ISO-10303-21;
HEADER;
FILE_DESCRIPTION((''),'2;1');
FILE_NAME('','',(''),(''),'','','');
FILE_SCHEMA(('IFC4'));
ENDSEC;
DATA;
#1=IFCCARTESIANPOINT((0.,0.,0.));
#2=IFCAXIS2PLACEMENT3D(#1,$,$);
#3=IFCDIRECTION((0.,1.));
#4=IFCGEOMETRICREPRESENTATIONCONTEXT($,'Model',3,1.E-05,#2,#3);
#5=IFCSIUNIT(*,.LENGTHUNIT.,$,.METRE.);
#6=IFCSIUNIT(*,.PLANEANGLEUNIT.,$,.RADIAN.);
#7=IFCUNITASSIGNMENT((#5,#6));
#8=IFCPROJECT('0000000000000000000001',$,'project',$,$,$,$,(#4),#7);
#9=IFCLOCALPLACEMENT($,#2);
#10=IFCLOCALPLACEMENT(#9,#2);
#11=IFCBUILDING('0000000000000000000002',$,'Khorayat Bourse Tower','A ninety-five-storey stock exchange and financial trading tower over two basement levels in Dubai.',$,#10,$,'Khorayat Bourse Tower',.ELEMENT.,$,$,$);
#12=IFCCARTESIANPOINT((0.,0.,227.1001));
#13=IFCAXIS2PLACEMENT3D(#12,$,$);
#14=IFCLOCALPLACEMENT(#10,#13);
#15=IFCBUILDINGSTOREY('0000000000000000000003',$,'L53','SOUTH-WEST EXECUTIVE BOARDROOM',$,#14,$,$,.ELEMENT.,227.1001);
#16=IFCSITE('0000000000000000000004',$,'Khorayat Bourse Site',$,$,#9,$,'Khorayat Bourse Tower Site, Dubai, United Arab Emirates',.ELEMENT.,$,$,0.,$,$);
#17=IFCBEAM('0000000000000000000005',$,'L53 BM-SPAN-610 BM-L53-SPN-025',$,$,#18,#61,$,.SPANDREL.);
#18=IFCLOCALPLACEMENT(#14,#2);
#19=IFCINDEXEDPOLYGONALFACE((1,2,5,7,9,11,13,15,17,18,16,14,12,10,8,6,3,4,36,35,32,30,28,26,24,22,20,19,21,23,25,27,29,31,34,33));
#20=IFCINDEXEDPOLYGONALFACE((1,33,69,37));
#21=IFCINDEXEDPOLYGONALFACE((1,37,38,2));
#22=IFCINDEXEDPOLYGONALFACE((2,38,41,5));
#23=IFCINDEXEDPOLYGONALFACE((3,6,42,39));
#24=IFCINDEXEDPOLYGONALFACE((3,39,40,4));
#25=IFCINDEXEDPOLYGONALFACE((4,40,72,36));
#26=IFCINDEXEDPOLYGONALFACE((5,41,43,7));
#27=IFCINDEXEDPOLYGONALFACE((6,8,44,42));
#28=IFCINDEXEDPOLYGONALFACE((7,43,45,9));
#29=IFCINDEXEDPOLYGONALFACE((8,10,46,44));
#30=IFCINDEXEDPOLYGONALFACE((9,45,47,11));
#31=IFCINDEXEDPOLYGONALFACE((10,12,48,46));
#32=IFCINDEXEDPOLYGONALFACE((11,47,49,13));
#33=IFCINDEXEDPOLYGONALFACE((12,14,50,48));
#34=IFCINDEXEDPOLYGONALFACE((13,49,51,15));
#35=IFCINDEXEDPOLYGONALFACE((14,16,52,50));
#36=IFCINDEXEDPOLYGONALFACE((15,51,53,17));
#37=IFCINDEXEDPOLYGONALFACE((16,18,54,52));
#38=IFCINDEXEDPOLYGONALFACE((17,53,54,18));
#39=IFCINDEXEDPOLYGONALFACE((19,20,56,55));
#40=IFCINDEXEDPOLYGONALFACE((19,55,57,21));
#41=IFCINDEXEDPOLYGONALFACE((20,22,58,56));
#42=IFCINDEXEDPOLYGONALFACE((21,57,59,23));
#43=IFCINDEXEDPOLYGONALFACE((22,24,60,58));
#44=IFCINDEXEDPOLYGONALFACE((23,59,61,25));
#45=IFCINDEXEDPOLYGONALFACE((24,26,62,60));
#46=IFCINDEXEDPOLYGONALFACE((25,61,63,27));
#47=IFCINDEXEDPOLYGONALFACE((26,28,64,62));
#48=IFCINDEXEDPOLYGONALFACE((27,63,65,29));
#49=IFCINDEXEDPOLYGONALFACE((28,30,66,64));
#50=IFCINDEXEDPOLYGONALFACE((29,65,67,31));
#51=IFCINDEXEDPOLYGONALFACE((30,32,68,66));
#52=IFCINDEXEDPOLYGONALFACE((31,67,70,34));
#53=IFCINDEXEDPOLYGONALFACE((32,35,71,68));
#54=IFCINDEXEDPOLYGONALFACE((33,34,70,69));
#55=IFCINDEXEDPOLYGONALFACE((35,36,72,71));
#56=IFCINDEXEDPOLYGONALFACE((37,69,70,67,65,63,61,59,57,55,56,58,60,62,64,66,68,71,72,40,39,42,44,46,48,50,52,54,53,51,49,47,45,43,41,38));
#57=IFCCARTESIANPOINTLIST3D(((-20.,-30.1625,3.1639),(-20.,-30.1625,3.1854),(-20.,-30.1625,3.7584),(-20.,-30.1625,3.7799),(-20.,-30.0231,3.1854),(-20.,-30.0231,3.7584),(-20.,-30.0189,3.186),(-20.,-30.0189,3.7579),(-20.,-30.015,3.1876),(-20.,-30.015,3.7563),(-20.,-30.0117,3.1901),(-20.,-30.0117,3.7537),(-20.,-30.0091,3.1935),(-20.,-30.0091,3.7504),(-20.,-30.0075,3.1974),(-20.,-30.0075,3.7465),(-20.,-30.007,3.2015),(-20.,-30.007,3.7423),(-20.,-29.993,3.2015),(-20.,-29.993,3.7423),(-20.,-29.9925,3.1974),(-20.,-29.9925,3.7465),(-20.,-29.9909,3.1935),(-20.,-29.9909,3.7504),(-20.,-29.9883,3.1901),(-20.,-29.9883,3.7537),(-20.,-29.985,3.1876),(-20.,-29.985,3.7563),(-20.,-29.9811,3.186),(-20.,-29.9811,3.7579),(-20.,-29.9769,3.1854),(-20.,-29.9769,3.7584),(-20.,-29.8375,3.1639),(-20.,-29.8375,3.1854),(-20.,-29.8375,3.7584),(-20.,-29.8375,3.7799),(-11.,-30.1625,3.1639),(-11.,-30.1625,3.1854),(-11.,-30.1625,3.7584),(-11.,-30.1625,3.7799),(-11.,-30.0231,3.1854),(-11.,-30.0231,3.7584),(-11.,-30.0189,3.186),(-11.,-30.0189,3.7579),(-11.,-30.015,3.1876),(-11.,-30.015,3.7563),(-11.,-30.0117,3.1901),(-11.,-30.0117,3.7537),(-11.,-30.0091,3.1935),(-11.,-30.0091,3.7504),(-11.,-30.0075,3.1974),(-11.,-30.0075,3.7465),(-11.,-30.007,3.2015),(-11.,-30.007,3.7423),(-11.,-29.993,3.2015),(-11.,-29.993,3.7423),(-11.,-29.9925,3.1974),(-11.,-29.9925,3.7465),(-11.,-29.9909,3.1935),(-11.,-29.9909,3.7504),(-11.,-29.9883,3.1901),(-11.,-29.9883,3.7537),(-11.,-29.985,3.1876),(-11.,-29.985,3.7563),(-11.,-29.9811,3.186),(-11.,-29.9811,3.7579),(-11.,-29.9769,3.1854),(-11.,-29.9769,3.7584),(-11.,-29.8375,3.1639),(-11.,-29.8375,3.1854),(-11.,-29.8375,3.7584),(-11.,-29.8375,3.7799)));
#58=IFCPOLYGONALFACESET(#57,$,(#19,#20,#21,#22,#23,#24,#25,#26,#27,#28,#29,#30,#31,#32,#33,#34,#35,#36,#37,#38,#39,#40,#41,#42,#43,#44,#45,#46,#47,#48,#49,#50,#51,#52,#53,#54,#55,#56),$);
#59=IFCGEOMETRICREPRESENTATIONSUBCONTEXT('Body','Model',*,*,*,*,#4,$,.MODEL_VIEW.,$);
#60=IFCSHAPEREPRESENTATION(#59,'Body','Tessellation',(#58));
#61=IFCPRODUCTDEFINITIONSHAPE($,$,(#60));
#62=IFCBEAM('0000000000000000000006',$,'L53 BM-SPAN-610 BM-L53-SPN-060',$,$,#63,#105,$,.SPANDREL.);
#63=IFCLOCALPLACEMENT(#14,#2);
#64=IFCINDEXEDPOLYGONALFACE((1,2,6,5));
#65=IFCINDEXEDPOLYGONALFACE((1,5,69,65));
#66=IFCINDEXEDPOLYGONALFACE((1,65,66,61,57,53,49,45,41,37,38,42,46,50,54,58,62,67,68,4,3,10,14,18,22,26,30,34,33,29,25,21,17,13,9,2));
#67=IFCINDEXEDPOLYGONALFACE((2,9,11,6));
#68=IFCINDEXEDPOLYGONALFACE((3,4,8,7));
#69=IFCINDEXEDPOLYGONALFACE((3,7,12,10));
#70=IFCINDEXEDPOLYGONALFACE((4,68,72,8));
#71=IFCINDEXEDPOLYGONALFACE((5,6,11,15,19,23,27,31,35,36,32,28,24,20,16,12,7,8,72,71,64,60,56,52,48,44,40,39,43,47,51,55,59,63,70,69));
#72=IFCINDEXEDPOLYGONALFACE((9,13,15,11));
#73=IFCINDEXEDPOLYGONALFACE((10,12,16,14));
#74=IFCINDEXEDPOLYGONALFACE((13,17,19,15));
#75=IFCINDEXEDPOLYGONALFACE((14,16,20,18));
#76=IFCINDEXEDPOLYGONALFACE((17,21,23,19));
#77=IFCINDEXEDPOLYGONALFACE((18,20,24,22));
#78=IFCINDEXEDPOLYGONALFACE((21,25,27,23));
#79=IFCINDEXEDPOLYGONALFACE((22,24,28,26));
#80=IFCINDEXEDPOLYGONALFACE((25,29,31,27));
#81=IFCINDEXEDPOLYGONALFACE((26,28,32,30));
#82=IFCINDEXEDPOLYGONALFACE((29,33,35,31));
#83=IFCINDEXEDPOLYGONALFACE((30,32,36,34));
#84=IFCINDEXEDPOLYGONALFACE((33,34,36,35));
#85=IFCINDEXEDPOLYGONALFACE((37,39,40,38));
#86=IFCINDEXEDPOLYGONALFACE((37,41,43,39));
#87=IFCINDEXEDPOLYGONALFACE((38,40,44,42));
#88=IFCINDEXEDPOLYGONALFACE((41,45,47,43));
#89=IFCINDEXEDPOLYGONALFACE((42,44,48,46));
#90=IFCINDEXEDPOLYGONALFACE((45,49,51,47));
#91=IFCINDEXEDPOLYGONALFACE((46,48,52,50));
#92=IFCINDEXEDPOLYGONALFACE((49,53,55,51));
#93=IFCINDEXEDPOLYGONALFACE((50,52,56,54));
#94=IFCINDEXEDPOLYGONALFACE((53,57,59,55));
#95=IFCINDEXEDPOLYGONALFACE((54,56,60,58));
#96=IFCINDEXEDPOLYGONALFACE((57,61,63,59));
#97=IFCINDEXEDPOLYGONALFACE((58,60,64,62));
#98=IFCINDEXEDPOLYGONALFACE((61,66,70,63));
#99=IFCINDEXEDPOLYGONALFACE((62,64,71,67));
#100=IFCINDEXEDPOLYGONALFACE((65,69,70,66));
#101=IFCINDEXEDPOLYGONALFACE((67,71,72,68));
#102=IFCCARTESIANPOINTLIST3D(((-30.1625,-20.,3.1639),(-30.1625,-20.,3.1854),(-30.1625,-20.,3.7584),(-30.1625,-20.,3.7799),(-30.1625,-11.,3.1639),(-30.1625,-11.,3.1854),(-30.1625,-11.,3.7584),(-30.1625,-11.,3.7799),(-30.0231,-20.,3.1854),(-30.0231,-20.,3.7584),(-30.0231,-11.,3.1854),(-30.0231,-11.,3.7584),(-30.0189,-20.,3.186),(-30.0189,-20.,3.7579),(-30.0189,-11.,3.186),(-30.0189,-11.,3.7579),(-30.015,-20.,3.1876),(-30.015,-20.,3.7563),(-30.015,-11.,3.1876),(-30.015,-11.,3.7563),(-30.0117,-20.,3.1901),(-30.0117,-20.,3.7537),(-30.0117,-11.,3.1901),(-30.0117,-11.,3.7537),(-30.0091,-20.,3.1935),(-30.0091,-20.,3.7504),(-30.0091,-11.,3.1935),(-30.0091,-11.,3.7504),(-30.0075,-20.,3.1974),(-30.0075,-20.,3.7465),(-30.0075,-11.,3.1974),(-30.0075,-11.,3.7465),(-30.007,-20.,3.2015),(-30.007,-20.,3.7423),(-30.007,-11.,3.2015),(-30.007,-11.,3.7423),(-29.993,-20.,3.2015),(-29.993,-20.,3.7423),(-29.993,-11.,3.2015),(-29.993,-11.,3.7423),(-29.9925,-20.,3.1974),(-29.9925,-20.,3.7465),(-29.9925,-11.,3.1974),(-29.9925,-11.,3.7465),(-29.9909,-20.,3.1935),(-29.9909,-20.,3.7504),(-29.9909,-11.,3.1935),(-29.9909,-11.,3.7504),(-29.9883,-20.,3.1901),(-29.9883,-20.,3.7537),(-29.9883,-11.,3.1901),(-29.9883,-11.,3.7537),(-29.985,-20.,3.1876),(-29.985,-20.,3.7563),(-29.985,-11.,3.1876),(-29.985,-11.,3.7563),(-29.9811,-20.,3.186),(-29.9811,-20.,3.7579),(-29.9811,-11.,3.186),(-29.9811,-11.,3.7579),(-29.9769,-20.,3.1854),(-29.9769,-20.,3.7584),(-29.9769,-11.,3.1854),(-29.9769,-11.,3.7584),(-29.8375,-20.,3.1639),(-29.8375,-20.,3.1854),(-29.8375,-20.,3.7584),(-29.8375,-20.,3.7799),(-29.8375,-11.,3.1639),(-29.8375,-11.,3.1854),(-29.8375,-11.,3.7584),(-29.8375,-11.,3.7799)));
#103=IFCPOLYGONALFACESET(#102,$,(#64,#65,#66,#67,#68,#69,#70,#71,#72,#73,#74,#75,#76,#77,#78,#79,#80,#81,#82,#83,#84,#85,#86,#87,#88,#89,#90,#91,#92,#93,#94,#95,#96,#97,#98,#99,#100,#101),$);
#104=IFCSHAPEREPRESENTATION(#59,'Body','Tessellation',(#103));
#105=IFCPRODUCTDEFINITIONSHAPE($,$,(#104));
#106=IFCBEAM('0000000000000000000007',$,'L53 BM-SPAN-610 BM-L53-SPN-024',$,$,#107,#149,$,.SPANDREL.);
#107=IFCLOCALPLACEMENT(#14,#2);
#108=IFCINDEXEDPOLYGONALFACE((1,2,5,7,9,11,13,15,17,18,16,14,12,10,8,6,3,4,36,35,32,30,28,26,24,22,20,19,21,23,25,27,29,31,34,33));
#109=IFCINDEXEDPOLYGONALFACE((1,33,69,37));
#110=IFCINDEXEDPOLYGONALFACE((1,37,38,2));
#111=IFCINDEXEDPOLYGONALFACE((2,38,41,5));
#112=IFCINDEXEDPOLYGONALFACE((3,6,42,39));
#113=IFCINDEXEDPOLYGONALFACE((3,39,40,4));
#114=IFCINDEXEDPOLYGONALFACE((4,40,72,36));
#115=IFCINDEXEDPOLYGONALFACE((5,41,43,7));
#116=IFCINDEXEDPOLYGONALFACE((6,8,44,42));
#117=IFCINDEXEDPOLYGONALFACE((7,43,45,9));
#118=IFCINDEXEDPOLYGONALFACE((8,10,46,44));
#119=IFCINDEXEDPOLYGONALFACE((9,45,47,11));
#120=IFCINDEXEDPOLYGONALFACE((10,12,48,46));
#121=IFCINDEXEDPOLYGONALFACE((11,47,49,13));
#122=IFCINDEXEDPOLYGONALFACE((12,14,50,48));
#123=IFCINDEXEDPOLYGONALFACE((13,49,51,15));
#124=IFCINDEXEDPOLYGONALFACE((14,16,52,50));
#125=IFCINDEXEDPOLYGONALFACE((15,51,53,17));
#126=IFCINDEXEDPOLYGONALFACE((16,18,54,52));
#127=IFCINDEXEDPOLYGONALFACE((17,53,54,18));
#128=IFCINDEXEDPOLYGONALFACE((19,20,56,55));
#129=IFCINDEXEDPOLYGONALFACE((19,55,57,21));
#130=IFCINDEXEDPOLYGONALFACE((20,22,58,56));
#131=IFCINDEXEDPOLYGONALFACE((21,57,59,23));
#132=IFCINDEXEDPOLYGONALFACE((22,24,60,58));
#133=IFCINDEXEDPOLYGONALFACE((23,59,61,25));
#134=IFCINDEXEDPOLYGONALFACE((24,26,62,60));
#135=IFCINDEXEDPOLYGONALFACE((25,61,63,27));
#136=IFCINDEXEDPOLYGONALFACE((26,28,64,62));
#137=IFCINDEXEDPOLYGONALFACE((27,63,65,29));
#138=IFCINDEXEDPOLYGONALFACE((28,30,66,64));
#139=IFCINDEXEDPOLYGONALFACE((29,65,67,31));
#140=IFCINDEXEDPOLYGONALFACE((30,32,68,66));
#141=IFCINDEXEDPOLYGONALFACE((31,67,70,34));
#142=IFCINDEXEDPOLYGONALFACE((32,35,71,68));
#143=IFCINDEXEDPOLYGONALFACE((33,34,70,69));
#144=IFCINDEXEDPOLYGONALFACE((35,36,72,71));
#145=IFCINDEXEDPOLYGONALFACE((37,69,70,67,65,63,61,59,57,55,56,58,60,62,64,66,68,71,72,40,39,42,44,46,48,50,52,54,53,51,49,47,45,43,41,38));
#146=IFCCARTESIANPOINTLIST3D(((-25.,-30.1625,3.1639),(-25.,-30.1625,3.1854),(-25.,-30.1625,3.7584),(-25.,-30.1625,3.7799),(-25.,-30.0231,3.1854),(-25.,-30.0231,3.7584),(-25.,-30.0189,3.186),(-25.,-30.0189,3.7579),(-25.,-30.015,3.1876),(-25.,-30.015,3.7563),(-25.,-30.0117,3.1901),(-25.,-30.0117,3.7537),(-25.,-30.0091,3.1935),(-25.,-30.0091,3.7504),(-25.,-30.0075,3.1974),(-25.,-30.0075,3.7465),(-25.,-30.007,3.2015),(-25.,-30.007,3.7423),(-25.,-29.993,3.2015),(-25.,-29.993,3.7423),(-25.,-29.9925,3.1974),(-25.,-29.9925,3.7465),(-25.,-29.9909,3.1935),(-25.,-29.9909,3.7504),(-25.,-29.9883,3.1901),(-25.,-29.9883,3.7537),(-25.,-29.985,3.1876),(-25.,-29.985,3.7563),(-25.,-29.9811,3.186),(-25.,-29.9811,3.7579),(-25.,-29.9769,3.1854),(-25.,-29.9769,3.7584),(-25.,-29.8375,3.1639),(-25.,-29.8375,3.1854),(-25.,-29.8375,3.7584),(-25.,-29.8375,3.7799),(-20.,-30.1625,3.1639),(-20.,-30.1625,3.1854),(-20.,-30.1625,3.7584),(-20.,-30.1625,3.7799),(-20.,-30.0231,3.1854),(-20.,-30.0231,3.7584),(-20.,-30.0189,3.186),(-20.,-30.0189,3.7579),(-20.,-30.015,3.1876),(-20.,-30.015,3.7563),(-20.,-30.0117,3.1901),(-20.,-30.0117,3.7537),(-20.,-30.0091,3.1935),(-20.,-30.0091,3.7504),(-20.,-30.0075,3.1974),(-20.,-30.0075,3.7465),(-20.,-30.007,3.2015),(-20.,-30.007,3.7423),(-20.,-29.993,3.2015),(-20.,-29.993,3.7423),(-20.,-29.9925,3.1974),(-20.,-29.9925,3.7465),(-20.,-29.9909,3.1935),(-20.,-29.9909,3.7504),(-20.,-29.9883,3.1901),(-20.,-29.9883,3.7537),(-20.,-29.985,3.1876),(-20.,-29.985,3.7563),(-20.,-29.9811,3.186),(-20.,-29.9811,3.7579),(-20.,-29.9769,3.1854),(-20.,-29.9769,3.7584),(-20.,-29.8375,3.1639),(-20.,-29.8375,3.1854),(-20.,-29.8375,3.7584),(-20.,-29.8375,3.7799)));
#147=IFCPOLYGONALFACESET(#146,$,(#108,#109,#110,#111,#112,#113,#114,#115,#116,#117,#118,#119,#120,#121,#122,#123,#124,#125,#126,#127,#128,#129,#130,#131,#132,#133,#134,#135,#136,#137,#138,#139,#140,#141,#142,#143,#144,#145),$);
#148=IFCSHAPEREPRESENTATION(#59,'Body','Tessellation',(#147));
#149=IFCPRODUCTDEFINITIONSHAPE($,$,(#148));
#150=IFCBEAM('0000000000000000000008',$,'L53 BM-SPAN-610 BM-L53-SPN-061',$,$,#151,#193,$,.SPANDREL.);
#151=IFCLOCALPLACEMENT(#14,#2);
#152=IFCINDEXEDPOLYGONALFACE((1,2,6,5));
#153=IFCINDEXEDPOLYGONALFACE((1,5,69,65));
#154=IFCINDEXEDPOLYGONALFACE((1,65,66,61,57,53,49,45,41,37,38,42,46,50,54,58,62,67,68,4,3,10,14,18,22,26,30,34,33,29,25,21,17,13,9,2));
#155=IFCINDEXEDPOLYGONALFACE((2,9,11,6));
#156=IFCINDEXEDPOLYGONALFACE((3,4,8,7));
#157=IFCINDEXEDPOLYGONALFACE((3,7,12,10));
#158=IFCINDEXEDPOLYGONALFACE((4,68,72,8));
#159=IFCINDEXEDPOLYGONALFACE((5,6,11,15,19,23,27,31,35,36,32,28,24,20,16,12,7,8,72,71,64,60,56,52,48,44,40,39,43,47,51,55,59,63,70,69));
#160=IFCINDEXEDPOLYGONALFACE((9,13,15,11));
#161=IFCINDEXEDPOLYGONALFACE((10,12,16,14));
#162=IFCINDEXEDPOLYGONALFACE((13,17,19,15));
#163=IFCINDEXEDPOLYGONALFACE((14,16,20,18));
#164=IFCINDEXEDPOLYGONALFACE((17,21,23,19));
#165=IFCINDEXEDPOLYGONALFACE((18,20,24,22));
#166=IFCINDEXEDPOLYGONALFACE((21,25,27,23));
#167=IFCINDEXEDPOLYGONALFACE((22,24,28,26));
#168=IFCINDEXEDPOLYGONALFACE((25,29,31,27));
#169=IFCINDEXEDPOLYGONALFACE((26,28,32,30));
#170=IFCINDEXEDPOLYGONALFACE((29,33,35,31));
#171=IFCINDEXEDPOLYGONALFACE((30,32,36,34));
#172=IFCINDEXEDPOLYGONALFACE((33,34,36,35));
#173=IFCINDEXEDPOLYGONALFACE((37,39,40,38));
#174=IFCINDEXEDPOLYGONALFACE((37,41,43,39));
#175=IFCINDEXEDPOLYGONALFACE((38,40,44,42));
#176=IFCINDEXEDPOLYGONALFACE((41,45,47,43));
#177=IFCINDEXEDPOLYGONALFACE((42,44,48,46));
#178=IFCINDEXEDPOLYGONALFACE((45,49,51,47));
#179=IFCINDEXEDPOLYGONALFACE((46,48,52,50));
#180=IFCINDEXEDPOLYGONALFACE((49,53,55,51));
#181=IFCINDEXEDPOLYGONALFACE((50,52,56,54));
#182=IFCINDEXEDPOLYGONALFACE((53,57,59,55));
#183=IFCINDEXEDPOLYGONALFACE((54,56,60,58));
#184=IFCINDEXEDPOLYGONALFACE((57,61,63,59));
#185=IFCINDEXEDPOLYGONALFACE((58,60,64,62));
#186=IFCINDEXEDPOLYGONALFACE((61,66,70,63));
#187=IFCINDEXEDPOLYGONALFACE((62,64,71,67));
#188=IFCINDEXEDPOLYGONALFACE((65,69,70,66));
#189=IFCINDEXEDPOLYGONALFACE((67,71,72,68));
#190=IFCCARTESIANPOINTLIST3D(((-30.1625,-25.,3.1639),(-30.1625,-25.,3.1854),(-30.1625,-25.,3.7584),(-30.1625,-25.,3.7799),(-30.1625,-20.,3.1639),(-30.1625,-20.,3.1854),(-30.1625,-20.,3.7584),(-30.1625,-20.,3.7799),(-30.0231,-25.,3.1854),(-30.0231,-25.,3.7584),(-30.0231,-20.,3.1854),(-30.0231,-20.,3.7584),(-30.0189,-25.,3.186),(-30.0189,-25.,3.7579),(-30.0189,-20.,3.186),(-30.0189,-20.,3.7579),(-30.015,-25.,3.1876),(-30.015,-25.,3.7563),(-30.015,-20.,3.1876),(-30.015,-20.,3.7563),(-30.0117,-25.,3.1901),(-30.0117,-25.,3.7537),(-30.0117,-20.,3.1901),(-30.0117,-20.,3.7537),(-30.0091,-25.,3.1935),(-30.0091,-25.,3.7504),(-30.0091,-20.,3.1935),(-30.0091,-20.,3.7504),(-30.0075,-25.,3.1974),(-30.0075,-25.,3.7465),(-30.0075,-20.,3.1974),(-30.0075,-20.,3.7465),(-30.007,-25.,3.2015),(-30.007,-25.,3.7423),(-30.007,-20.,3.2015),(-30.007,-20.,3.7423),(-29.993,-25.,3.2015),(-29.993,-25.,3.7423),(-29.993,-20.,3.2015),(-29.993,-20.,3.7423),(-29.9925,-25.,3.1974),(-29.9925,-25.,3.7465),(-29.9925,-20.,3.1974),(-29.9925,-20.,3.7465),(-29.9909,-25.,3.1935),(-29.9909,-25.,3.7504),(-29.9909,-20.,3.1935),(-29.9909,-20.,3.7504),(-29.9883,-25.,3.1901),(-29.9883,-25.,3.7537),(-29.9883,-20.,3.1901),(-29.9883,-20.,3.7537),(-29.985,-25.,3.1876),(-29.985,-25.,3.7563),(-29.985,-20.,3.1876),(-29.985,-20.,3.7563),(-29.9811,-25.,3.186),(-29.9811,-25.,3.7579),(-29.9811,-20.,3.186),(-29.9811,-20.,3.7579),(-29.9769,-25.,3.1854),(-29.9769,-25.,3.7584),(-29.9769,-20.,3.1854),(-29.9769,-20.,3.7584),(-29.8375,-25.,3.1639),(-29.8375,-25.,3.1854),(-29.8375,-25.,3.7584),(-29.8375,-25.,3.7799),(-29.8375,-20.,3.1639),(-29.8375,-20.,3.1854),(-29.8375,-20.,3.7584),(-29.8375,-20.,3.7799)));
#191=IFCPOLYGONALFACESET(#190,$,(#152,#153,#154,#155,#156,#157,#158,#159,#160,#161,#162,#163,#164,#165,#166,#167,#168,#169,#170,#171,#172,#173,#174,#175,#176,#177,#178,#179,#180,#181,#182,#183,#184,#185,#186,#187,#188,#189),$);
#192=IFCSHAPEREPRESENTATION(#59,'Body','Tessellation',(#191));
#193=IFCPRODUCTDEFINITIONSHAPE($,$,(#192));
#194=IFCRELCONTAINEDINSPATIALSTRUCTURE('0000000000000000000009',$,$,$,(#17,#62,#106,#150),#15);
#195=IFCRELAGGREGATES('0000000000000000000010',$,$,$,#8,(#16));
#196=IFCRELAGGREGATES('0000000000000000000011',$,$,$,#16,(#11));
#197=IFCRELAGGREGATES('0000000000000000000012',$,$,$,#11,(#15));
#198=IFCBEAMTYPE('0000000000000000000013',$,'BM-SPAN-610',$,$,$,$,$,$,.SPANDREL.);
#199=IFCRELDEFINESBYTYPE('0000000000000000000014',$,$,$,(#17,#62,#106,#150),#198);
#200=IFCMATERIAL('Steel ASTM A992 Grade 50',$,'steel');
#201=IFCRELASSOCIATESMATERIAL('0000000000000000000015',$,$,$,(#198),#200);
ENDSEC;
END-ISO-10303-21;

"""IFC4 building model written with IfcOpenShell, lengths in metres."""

from ifc_helpers import new_model, si_unit, direction, frame, origin, origin_2d, place, context, subcontext, project, spatial, i_section, extrude, source, transform, mapped, material, material_profile, profile_set, type_object, element, save


model = new_model("IFC4")

# Units and contexts
model_context = context("Model", 3, precision=1e-05, world=origin(), true_north=direction((0.0, 1.0)))
body_context = subcontext(model_context, "Body", "Model", "MODEL_VIEW")
ifc_project = project(units=[si_unit("LENGTHUNIT", "METRE"), si_unit("PLANEANGLEUNIT", "RADIAN")], contexts=[model_context])

# Site, building, storey
site_placement = place(None, origin())
site = spatial("IfcSite", under=ifc_project, at=site_placement, Name="Khorayat Bourse Site", LongName="Khorayat Bourse Tower Site, Dubai, United Arab Emirates", CompositionType="ELEMENT", RefElevation=0.0)
building_placement = place(site_placement, origin())
building = spatial("IfcBuilding", under=site, at=building_placement, Name="Khorayat Bourse Tower", Description="A ninety-five-storey stock exchange and financial trading tower over two basement levels in Dubai.", LongName="Khorayat Bourse Tower", CompositionType="ELEMENT")
storey_placement = place(building_placement, frame((0.0, 0.0, 227.1001)))
storey = spatial("IfcBuildingStorey", under=building, at=storey_placement, Name="L53", Description="SOUTH-WEST EXECUTIVE BOARDROOM", CompositionType="ELEMENT", Elevation=227.1001)

# Beams
ifc_material_1 = material(Name="Steel ASTM A992 Grade 50", Category="steel")
ifc_material_profile_1 = material_profile(ifc_material_1, i_section(OverallWidth=0.325, OverallDepth=0.616, WebThickness=0.0139, FlangeThickness=0.0215, FilletRadius=0.0161, at=origin_2d()), Name="W610X174")
ifc_profile_set_1 = profile_set([ifc_material_profile_1], Name="Steel ASTM A992 Grade 50")
beam_type_1 = type_object("IfcBeamType", Name="BM-SPAN-610", PredefinedType="SPANDREL", material=ifc_profile_set_1)
shared_shape_1 = source(origin(), body_context, "Body", "SweptSolid", [
    extrude(i_section(OverallWidth=0.325, OverallDepth=0.616, WebThickness=0.0139, FlangeThickness=0.0215, FilletRadius=0.0161, at=origin_2d()), origin(), (0.0, 0.0, 1.0), 9.0),
])
for number, where, z_axis, x_axis, name in (
    (1, (-20.0, -30.0, 3.4719), (1.0, 0.0, 0.0), (0.0, 1.0, 0.0), "L53 BM-SPAN-610 BM-L53-SPN-025"),
    (2, (-30.0, -20.0, 3.4719), (0.0, 1.0, 0.0), (-1.0, 0.0, 0.0), "L53 BM-SPAN-610 BM-L53-SPN-060"),
):
    element("IfcBeam", number, at=place(storey_placement, frame(where, z_axis=z_axis, x_axis=x_axis)), inside=storey, type_object=beam_type_1, Name=name, PredefinedType="SPANDREL", context=body_context, shape_type="MappedRepresentation", body=[
        mapped(shared_shape_1, transform((0.0, 0.0, 0.0), scale=1.0)),
    ])
shared_shape_2 = source(origin(), body_context, "Body", "SweptSolid", [
    extrude(i_section(OverallWidth=0.325, OverallDepth=0.616, WebThickness=0.0139, FlangeThickness=0.0215, FilletRadius=0.0161, at=origin_2d()), origin(), (0.0, 0.0, 1.0), 5.0),
])
for number, where, z_axis, x_axis, name in (
    (3, (-25.0, -30.0, 3.4719), (1.0, 0.0, 0.0), (0.0, 1.0, 0.0), "L53 BM-SPAN-610 BM-L53-SPN-024"),
    (4, (-30.0, -25.0, 3.4719), (0.0, 1.0, 0.0), (-1.0, 0.0, 0.0), "L53 BM-SPAN-610 BM-L53-SPN-061"),
):
    element("IfcBeam", number, at=place(storey_placement, frame(where, z_axis=z_axis, x_axis=x_axis)), inside=storey, type_object=beam_type_1, Name=name, PredefinedType="SPANDREL", context=body_context, shape_type="MappedRepresentation", body=[
        mapped(shared_shape_2, transform((0.0, 0.0, 0.0), scale=1.0)),
    ])

save(model, "model.ifc")
